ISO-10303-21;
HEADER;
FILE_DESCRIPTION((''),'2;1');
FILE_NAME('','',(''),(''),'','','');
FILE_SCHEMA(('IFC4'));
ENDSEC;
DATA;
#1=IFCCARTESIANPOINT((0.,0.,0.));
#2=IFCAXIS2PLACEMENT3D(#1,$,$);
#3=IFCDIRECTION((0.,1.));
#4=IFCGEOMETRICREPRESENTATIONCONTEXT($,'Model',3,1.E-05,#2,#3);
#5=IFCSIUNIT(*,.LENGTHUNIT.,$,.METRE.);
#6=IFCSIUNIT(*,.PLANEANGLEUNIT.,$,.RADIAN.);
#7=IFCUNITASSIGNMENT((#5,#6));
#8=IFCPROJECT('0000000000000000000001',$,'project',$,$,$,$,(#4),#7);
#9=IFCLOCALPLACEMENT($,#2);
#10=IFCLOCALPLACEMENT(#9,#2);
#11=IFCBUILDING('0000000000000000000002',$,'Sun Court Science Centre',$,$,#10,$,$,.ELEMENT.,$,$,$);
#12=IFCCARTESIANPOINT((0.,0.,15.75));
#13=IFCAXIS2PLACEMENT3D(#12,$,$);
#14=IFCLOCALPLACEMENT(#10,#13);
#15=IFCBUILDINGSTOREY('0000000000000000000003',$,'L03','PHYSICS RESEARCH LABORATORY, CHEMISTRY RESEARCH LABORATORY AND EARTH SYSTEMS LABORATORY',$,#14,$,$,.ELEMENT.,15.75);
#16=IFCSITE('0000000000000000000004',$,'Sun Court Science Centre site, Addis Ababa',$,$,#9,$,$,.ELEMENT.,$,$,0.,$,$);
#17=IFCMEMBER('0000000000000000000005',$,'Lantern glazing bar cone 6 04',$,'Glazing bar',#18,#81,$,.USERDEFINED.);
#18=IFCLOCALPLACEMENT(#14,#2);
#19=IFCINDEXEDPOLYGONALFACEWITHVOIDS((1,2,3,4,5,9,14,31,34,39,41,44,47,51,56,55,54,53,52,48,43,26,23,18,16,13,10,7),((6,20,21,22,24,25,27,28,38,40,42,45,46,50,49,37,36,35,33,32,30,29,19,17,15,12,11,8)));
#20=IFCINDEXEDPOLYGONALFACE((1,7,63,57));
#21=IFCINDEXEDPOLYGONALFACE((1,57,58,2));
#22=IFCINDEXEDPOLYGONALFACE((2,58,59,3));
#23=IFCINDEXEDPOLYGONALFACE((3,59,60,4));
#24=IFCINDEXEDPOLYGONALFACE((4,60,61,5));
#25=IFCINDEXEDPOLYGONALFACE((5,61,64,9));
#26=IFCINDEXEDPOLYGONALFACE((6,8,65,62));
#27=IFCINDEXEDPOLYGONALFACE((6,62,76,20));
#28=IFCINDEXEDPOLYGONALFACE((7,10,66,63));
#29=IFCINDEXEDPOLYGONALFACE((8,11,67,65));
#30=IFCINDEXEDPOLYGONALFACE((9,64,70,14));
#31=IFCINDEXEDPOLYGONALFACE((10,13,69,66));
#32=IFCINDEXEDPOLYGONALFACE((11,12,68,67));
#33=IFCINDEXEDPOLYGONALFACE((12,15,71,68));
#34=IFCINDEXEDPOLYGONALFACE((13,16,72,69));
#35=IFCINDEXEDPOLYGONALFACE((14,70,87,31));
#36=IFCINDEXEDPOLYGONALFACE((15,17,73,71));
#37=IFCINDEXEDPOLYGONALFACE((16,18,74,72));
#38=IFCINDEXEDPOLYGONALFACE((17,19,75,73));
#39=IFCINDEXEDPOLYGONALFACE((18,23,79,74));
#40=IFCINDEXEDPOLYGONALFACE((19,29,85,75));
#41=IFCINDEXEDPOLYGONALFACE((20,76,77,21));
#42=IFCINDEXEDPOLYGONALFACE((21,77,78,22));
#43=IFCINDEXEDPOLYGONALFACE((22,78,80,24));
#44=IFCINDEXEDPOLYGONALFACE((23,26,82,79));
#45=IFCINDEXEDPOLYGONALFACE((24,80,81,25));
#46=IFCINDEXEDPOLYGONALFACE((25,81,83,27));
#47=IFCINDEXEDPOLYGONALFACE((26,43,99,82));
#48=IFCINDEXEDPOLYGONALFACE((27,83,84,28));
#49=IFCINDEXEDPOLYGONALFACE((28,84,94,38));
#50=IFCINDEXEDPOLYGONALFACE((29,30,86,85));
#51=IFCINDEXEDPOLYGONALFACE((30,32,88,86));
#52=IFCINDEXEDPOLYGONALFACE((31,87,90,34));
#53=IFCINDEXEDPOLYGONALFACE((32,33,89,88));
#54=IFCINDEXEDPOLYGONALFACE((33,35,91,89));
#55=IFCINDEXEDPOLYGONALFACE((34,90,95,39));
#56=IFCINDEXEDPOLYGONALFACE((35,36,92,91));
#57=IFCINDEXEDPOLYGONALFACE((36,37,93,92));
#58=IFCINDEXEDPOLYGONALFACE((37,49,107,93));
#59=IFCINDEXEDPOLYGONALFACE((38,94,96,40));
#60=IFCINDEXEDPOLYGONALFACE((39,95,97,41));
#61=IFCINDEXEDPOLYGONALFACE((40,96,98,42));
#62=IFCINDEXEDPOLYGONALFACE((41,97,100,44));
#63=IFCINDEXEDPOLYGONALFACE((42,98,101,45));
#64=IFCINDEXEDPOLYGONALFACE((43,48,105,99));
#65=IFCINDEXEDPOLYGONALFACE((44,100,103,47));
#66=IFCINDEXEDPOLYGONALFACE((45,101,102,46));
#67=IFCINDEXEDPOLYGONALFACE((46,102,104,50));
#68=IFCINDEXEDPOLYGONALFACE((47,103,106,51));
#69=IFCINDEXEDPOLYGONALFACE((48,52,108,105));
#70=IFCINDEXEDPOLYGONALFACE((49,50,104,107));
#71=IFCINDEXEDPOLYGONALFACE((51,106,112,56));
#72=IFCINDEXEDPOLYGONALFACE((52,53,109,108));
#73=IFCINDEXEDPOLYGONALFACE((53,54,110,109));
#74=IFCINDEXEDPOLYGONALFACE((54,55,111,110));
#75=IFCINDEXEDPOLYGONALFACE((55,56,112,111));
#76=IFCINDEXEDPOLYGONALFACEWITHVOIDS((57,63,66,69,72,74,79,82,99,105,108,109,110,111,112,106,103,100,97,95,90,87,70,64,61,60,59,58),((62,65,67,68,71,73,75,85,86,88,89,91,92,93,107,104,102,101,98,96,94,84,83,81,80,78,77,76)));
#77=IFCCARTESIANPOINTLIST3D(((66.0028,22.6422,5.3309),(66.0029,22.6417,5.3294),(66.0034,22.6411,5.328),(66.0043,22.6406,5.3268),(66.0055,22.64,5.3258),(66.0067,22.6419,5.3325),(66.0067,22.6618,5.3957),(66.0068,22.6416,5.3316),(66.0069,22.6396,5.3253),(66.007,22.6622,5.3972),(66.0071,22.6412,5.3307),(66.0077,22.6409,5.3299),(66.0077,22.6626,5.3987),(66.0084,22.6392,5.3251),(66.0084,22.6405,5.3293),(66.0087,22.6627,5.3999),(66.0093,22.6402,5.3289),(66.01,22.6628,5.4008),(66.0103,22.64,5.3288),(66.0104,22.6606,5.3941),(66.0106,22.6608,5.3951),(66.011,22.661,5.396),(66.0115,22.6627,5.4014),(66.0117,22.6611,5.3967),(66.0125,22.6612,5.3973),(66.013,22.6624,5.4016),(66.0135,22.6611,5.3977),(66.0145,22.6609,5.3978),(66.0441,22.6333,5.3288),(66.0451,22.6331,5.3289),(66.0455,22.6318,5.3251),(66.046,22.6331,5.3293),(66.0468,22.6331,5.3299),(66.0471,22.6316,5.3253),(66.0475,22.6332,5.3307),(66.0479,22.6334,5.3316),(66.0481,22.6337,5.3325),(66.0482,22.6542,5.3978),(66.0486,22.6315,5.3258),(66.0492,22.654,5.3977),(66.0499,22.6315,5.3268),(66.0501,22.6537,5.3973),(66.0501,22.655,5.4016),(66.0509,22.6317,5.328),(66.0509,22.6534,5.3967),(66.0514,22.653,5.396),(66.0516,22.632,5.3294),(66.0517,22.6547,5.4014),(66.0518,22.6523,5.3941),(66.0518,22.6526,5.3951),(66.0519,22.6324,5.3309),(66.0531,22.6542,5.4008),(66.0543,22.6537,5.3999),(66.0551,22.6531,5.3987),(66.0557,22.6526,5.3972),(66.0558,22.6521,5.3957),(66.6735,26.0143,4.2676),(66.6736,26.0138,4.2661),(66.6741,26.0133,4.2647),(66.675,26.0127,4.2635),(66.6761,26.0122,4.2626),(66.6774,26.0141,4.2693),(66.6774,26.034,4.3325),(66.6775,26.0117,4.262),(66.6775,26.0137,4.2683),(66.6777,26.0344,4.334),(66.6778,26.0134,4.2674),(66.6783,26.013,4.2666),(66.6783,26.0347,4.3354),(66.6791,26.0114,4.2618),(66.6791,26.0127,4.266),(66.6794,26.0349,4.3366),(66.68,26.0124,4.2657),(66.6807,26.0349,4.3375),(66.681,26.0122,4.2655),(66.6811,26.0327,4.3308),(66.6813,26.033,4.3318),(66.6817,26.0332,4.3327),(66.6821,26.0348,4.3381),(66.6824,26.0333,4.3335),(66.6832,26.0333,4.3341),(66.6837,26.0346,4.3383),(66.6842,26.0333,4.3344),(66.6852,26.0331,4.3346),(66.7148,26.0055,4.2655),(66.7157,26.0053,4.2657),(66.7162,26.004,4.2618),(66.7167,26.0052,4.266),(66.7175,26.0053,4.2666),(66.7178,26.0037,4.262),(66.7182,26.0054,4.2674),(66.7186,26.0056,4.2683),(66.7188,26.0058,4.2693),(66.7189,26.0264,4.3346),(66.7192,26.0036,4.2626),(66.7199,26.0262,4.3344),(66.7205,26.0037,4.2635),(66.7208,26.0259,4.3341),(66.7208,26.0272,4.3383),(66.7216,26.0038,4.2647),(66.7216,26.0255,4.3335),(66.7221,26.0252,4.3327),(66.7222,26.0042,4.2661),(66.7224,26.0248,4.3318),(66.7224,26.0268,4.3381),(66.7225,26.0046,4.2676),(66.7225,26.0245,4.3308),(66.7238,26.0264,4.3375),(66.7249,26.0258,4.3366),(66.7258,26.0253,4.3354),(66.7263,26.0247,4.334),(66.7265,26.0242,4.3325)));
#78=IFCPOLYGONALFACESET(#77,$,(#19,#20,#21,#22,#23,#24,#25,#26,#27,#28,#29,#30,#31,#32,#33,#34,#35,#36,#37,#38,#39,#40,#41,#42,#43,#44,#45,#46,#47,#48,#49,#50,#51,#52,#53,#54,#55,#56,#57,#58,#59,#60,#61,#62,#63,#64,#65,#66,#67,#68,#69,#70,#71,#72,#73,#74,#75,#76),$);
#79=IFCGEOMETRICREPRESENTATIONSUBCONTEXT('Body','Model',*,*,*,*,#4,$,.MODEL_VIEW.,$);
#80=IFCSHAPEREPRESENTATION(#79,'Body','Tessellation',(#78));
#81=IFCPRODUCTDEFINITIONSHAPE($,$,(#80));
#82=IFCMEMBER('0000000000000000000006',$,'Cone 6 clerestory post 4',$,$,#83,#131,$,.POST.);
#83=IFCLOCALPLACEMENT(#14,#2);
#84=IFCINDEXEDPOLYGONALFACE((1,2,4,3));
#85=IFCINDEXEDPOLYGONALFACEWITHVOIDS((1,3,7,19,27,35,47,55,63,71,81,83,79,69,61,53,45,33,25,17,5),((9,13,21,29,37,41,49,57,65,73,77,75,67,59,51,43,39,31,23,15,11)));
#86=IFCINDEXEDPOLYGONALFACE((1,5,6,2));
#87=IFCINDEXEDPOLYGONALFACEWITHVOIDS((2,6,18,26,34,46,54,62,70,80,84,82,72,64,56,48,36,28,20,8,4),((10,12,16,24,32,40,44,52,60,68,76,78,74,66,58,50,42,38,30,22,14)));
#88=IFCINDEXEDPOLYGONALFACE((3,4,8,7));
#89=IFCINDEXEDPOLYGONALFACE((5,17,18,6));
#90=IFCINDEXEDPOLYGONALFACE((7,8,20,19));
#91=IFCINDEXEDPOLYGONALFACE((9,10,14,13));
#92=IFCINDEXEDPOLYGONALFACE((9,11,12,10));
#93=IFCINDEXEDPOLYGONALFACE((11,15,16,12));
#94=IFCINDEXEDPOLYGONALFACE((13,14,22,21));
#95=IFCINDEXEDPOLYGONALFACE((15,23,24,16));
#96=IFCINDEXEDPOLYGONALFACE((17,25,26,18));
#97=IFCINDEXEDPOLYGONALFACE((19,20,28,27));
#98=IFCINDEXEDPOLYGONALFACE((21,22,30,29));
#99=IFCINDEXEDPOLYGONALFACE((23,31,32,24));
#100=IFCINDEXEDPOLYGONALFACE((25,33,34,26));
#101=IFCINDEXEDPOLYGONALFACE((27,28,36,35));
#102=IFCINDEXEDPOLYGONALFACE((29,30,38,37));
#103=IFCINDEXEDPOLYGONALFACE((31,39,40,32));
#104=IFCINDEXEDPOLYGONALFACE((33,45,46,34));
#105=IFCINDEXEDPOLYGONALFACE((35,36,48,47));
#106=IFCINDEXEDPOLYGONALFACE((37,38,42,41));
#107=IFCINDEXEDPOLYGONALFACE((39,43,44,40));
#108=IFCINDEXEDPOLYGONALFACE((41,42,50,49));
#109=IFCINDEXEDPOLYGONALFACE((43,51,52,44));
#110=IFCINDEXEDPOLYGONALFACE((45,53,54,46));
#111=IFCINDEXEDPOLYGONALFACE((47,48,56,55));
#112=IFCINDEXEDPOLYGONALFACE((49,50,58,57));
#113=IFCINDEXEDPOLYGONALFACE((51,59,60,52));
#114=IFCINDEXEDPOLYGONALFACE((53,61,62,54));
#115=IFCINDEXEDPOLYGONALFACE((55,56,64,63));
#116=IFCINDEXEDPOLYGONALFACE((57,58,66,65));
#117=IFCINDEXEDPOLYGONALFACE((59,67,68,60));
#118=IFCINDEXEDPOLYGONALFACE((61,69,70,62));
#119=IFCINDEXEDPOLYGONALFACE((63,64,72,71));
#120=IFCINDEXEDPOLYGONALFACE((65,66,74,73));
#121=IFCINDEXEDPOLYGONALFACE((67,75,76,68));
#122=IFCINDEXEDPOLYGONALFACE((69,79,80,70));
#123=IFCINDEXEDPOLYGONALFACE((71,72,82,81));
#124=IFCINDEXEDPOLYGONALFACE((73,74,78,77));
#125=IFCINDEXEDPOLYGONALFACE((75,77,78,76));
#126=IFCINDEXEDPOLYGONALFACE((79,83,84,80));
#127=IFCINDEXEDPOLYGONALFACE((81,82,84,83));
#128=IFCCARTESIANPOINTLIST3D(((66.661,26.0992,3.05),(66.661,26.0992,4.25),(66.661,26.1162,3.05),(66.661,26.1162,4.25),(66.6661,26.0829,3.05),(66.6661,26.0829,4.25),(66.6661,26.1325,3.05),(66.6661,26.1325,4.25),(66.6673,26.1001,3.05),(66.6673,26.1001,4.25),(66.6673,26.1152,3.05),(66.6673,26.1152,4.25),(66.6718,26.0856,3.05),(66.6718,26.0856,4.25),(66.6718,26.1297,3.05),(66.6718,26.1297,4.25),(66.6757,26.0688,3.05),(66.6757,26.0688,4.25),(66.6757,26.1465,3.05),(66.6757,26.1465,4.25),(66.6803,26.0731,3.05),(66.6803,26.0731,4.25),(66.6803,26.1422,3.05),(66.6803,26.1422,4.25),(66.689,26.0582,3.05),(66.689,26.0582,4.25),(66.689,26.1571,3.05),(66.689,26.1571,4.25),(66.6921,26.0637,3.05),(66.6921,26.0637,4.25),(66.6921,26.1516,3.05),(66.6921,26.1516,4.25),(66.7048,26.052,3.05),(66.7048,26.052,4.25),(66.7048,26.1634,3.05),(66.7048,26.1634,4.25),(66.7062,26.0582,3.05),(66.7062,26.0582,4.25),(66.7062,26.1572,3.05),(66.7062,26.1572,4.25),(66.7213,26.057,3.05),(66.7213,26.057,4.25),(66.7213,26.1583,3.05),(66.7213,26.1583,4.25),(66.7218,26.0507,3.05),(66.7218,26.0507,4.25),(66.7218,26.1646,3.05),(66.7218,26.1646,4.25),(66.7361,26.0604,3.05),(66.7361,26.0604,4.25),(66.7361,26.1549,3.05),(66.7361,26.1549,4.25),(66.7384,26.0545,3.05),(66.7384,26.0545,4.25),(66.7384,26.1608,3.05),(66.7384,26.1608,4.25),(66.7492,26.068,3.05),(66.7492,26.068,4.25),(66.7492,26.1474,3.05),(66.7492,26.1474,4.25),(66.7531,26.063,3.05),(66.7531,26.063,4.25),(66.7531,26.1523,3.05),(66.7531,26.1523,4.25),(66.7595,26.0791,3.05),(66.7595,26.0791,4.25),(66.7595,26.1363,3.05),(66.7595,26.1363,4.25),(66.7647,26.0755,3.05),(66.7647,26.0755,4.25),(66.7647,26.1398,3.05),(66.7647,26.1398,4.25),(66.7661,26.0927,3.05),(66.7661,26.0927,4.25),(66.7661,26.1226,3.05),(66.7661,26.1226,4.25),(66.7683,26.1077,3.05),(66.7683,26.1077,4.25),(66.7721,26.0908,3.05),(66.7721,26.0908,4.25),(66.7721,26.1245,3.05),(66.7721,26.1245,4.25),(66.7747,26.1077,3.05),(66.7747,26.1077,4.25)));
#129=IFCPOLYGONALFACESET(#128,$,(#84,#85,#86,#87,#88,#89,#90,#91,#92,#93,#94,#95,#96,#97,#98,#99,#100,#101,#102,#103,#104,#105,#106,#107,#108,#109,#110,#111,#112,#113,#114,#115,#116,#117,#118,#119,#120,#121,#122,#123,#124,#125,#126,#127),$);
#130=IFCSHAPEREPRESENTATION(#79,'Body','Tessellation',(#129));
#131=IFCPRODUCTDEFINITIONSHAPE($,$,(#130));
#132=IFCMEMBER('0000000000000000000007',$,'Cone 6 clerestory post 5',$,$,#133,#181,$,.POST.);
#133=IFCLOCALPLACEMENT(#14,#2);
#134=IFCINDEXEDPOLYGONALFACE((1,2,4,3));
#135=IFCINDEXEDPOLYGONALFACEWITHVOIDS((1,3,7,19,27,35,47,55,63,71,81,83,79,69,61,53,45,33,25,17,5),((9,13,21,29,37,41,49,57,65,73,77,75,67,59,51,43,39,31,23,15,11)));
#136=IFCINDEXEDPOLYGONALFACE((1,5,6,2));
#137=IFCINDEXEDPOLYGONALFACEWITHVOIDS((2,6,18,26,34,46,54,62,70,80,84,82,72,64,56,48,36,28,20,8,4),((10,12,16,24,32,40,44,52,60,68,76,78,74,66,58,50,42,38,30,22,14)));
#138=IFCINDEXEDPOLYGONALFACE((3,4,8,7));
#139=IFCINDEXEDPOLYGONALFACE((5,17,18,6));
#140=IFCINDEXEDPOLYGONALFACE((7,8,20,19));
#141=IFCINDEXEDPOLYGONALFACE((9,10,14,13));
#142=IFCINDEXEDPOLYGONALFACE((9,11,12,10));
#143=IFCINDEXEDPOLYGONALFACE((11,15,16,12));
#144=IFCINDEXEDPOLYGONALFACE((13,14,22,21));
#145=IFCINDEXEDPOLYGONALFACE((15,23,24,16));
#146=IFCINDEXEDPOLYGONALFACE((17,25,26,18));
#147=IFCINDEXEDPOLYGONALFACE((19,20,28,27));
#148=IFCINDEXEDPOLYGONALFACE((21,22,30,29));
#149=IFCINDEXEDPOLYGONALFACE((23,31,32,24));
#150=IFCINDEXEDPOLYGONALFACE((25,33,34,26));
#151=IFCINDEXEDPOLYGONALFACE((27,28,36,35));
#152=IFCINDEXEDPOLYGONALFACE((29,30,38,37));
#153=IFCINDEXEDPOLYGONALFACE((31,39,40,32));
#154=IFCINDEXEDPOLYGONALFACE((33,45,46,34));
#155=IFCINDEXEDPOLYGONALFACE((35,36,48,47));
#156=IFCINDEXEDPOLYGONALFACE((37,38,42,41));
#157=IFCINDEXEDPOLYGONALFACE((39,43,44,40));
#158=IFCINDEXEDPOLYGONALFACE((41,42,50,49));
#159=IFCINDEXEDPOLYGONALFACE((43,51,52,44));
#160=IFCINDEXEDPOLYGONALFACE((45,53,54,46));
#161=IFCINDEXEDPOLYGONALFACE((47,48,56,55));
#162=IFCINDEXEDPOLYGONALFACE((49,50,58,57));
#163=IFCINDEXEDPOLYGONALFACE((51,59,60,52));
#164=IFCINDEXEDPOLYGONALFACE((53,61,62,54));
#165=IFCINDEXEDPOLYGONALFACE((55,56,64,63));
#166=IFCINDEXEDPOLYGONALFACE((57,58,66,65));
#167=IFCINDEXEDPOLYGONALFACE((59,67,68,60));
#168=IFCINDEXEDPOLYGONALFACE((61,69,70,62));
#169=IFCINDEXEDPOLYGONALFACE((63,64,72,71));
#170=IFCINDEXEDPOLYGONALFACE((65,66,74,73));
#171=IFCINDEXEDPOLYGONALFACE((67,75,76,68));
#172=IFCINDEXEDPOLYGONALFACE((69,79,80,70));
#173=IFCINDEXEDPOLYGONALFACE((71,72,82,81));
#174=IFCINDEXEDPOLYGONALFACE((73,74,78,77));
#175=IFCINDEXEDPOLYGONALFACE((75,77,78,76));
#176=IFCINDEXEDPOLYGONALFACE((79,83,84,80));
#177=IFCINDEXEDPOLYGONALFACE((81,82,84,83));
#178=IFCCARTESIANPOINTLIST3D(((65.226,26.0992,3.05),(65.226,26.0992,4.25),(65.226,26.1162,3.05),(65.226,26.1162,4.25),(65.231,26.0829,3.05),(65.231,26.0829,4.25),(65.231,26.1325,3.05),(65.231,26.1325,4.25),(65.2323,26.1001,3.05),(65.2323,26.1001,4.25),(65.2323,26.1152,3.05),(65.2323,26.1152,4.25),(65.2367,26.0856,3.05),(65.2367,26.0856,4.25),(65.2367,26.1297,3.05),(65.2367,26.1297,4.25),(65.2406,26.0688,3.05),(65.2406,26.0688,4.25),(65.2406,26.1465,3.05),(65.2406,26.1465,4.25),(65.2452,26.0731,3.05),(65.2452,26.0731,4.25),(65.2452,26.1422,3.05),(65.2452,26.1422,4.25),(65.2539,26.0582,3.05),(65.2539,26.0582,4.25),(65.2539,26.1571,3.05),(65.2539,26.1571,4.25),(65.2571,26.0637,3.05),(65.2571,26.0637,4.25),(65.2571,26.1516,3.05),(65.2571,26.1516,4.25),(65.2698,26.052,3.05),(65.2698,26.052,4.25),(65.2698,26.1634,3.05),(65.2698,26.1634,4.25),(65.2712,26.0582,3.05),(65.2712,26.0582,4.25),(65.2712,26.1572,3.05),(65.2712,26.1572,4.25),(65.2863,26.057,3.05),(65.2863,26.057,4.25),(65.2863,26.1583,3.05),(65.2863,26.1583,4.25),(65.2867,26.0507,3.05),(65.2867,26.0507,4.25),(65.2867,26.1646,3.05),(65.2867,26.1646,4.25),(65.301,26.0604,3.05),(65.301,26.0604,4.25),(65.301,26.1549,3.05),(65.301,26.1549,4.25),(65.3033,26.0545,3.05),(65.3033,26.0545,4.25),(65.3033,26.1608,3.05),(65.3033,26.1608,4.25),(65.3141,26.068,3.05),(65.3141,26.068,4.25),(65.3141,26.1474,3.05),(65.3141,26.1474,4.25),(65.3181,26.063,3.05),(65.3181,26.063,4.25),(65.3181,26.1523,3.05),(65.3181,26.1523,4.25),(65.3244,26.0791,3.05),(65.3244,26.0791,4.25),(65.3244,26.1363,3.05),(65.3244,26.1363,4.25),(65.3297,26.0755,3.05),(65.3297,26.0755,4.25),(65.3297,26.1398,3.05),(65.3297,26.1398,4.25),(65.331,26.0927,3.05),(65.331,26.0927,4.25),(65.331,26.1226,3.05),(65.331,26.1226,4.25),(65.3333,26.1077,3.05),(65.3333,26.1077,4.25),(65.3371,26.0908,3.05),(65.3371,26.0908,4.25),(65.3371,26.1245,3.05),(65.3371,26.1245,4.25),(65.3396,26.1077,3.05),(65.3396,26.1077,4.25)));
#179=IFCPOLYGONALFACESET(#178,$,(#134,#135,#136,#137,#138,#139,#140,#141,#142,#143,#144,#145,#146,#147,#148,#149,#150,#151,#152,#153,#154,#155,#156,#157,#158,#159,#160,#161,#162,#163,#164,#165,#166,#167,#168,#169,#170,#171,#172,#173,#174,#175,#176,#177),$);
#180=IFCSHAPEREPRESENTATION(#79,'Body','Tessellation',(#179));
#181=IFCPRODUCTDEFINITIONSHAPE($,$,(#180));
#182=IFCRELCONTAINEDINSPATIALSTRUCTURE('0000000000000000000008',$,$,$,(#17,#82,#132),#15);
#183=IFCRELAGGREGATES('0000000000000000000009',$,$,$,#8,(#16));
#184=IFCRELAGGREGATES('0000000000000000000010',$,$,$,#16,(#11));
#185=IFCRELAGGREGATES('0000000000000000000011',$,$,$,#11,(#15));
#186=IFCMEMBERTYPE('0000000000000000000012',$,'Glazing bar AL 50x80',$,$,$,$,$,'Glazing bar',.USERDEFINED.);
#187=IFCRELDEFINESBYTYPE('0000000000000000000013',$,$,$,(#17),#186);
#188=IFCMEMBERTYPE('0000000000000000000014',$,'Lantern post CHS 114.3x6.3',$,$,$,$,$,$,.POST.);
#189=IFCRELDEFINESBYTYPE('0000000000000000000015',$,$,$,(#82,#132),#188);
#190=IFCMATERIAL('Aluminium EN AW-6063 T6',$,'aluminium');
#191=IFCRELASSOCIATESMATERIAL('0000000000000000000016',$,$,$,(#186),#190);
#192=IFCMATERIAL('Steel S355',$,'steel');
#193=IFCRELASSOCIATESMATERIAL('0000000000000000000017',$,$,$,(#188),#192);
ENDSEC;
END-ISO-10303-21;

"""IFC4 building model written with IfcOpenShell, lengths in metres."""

from ifc_helpers import new_model, si_unit, direction, frame, origin, origin_2d, place, context, subcontext, project, spatial, hollow_rectangle, hollow_circle, extrude, material, material_profile, profile_set, type_object, element, save


model = new_model("IFC4")

# Units and contexts
model_context = context("Model", 3, precision=1e-05, world=origin(), true_north=direction((0.0, 1.0)))
body_context = subcontext(model_context, "Body", "Model", "MODEL_VIEW")
ifc_project = project(units=[si_unit("LENGTHUNIT", "METRE"), si_unit("PLANEANGLEUNIT", "RADIAN")], contexts=[model_context])

# Site, building, storey
site_placement = place(None, origin())
site = spatial("IfcSite", under=ifc_project, at=site_placement, Name="Sun Court Science Centre site, Addis Ababa", CompositionType="ELEMENT", RefElevation=0.0)
building_placement = place(site_placement, origin())
building = spatial("IfcBuilding", under=site, at=building_placement, Name="Sun Court Science Centre", CompositionType="ELEMENT")
storey_placement = place(building_placement, frame((0.0, 0.0, 15.75)))
storey = spatial("IfcBuildingStorey", under=building, at=storey_placement, Name="L03", Description="PHYSICS RESEARCH LABORATORY, CHEMISTRY RESEARCH LABORATORY AND EARTH SYSTEMS LABORATORY", CompositionType="ELEMENT", Elevation=15.75)

# Members
ifc_material_1 = material(Name="Aluminium EN AW-6063 T6", Category="aluminium")
ifc_material_profile_1 = material_profile(ifc_material_1, hollow_rectangle(XDim=0.05, YDim=0.0801, WallThickness=0.0039, InnerFilletRadius=0.0039, OuterFilletRadius=0.0061, at=origin_2d()), Name="AL 50x80x4")
ifc_profile_set_1 = profile_set([ifc_material_profile_1], Name="Aluminium EN AW-6063 T6")
member_type_1 = type_object("IfcMemberType", Name="Glazing bar AL 50x80", ElementType="Glazing bar", PredefinedType="USERDEFINED", material=ifc_profile_set_1)
member_1_placement = place(storey_placement, frame((66.7, 26.0193, 4.3), z_axis=(-0.186357, -0.937008, 0.295444), x_axis=(0.98079, -0.195065, 0.0)))
element("IfcMember", 1, at=member_1_placement, inside=storey, type_object=member_type_1, Name="Lantern glazing bar cone 6 04", ObjectType="Glazing bar", PredefinedType="USERDEFINED", context=body_context, shape_type="SweptSolid", body=[
    extrude(hollow_rectangle(XDim=0.05, YDim=0.0801, WallThickness=0.0039, InnerFilletRadius=0.0039, OuterFilletRadius=0.0061, at=origin_2d()), origin(), (0.0, 0.0, 1.0), 3.5989),
])
ifc_material_2 = material(Name="Steel S355", Category="steel")
ifc_material_profile_2 = material_profile(ifc_material_2, hollow_circle(Radius=0.0571, WallThickness=0.0063, at=origin_2d()), Name="CHS 114.3x6.3")
ifc_profile_set_2 = profile_set([ifc_material_profile_2], Name="Steel S355")
member_type_2 = type_object("IfcMemberType", Name="Lantern post CHS 114.3x6.3", PredefinedType="POST", material=ifc_profile_set_2)
for number, where, z_axis, x_axis, name in (
    (2, (66.7175, 26.1077, 3.05), (0.0, 0.0, 1.0), (1.0, 0.0, 0.0), "Cone 6 clerestory post 4"),
    (3, (65.2825, 26.1077, 3.05), (0.0, 0.0, 1.0), (1.0, 0.0, 0.0), "Cone 6 clerestory post 5"),
):
    element("IfcMember", number, at=place(storey_placement, frame(where, z_axis=z_axis, x_axis=x_axis)), inside=storey, type_object=member_type_2, Name=name, PredefinedType="POST", context=body_context, shape_type="SweptSolid", body=[
        extrude(hollow_circle(Radius=0.0571, WallThickness=0.0063, at=origin_2d()), origin(), (0.0, 0.0, 1.0), 1.2),
    ])

save(model, "model.ifc")
